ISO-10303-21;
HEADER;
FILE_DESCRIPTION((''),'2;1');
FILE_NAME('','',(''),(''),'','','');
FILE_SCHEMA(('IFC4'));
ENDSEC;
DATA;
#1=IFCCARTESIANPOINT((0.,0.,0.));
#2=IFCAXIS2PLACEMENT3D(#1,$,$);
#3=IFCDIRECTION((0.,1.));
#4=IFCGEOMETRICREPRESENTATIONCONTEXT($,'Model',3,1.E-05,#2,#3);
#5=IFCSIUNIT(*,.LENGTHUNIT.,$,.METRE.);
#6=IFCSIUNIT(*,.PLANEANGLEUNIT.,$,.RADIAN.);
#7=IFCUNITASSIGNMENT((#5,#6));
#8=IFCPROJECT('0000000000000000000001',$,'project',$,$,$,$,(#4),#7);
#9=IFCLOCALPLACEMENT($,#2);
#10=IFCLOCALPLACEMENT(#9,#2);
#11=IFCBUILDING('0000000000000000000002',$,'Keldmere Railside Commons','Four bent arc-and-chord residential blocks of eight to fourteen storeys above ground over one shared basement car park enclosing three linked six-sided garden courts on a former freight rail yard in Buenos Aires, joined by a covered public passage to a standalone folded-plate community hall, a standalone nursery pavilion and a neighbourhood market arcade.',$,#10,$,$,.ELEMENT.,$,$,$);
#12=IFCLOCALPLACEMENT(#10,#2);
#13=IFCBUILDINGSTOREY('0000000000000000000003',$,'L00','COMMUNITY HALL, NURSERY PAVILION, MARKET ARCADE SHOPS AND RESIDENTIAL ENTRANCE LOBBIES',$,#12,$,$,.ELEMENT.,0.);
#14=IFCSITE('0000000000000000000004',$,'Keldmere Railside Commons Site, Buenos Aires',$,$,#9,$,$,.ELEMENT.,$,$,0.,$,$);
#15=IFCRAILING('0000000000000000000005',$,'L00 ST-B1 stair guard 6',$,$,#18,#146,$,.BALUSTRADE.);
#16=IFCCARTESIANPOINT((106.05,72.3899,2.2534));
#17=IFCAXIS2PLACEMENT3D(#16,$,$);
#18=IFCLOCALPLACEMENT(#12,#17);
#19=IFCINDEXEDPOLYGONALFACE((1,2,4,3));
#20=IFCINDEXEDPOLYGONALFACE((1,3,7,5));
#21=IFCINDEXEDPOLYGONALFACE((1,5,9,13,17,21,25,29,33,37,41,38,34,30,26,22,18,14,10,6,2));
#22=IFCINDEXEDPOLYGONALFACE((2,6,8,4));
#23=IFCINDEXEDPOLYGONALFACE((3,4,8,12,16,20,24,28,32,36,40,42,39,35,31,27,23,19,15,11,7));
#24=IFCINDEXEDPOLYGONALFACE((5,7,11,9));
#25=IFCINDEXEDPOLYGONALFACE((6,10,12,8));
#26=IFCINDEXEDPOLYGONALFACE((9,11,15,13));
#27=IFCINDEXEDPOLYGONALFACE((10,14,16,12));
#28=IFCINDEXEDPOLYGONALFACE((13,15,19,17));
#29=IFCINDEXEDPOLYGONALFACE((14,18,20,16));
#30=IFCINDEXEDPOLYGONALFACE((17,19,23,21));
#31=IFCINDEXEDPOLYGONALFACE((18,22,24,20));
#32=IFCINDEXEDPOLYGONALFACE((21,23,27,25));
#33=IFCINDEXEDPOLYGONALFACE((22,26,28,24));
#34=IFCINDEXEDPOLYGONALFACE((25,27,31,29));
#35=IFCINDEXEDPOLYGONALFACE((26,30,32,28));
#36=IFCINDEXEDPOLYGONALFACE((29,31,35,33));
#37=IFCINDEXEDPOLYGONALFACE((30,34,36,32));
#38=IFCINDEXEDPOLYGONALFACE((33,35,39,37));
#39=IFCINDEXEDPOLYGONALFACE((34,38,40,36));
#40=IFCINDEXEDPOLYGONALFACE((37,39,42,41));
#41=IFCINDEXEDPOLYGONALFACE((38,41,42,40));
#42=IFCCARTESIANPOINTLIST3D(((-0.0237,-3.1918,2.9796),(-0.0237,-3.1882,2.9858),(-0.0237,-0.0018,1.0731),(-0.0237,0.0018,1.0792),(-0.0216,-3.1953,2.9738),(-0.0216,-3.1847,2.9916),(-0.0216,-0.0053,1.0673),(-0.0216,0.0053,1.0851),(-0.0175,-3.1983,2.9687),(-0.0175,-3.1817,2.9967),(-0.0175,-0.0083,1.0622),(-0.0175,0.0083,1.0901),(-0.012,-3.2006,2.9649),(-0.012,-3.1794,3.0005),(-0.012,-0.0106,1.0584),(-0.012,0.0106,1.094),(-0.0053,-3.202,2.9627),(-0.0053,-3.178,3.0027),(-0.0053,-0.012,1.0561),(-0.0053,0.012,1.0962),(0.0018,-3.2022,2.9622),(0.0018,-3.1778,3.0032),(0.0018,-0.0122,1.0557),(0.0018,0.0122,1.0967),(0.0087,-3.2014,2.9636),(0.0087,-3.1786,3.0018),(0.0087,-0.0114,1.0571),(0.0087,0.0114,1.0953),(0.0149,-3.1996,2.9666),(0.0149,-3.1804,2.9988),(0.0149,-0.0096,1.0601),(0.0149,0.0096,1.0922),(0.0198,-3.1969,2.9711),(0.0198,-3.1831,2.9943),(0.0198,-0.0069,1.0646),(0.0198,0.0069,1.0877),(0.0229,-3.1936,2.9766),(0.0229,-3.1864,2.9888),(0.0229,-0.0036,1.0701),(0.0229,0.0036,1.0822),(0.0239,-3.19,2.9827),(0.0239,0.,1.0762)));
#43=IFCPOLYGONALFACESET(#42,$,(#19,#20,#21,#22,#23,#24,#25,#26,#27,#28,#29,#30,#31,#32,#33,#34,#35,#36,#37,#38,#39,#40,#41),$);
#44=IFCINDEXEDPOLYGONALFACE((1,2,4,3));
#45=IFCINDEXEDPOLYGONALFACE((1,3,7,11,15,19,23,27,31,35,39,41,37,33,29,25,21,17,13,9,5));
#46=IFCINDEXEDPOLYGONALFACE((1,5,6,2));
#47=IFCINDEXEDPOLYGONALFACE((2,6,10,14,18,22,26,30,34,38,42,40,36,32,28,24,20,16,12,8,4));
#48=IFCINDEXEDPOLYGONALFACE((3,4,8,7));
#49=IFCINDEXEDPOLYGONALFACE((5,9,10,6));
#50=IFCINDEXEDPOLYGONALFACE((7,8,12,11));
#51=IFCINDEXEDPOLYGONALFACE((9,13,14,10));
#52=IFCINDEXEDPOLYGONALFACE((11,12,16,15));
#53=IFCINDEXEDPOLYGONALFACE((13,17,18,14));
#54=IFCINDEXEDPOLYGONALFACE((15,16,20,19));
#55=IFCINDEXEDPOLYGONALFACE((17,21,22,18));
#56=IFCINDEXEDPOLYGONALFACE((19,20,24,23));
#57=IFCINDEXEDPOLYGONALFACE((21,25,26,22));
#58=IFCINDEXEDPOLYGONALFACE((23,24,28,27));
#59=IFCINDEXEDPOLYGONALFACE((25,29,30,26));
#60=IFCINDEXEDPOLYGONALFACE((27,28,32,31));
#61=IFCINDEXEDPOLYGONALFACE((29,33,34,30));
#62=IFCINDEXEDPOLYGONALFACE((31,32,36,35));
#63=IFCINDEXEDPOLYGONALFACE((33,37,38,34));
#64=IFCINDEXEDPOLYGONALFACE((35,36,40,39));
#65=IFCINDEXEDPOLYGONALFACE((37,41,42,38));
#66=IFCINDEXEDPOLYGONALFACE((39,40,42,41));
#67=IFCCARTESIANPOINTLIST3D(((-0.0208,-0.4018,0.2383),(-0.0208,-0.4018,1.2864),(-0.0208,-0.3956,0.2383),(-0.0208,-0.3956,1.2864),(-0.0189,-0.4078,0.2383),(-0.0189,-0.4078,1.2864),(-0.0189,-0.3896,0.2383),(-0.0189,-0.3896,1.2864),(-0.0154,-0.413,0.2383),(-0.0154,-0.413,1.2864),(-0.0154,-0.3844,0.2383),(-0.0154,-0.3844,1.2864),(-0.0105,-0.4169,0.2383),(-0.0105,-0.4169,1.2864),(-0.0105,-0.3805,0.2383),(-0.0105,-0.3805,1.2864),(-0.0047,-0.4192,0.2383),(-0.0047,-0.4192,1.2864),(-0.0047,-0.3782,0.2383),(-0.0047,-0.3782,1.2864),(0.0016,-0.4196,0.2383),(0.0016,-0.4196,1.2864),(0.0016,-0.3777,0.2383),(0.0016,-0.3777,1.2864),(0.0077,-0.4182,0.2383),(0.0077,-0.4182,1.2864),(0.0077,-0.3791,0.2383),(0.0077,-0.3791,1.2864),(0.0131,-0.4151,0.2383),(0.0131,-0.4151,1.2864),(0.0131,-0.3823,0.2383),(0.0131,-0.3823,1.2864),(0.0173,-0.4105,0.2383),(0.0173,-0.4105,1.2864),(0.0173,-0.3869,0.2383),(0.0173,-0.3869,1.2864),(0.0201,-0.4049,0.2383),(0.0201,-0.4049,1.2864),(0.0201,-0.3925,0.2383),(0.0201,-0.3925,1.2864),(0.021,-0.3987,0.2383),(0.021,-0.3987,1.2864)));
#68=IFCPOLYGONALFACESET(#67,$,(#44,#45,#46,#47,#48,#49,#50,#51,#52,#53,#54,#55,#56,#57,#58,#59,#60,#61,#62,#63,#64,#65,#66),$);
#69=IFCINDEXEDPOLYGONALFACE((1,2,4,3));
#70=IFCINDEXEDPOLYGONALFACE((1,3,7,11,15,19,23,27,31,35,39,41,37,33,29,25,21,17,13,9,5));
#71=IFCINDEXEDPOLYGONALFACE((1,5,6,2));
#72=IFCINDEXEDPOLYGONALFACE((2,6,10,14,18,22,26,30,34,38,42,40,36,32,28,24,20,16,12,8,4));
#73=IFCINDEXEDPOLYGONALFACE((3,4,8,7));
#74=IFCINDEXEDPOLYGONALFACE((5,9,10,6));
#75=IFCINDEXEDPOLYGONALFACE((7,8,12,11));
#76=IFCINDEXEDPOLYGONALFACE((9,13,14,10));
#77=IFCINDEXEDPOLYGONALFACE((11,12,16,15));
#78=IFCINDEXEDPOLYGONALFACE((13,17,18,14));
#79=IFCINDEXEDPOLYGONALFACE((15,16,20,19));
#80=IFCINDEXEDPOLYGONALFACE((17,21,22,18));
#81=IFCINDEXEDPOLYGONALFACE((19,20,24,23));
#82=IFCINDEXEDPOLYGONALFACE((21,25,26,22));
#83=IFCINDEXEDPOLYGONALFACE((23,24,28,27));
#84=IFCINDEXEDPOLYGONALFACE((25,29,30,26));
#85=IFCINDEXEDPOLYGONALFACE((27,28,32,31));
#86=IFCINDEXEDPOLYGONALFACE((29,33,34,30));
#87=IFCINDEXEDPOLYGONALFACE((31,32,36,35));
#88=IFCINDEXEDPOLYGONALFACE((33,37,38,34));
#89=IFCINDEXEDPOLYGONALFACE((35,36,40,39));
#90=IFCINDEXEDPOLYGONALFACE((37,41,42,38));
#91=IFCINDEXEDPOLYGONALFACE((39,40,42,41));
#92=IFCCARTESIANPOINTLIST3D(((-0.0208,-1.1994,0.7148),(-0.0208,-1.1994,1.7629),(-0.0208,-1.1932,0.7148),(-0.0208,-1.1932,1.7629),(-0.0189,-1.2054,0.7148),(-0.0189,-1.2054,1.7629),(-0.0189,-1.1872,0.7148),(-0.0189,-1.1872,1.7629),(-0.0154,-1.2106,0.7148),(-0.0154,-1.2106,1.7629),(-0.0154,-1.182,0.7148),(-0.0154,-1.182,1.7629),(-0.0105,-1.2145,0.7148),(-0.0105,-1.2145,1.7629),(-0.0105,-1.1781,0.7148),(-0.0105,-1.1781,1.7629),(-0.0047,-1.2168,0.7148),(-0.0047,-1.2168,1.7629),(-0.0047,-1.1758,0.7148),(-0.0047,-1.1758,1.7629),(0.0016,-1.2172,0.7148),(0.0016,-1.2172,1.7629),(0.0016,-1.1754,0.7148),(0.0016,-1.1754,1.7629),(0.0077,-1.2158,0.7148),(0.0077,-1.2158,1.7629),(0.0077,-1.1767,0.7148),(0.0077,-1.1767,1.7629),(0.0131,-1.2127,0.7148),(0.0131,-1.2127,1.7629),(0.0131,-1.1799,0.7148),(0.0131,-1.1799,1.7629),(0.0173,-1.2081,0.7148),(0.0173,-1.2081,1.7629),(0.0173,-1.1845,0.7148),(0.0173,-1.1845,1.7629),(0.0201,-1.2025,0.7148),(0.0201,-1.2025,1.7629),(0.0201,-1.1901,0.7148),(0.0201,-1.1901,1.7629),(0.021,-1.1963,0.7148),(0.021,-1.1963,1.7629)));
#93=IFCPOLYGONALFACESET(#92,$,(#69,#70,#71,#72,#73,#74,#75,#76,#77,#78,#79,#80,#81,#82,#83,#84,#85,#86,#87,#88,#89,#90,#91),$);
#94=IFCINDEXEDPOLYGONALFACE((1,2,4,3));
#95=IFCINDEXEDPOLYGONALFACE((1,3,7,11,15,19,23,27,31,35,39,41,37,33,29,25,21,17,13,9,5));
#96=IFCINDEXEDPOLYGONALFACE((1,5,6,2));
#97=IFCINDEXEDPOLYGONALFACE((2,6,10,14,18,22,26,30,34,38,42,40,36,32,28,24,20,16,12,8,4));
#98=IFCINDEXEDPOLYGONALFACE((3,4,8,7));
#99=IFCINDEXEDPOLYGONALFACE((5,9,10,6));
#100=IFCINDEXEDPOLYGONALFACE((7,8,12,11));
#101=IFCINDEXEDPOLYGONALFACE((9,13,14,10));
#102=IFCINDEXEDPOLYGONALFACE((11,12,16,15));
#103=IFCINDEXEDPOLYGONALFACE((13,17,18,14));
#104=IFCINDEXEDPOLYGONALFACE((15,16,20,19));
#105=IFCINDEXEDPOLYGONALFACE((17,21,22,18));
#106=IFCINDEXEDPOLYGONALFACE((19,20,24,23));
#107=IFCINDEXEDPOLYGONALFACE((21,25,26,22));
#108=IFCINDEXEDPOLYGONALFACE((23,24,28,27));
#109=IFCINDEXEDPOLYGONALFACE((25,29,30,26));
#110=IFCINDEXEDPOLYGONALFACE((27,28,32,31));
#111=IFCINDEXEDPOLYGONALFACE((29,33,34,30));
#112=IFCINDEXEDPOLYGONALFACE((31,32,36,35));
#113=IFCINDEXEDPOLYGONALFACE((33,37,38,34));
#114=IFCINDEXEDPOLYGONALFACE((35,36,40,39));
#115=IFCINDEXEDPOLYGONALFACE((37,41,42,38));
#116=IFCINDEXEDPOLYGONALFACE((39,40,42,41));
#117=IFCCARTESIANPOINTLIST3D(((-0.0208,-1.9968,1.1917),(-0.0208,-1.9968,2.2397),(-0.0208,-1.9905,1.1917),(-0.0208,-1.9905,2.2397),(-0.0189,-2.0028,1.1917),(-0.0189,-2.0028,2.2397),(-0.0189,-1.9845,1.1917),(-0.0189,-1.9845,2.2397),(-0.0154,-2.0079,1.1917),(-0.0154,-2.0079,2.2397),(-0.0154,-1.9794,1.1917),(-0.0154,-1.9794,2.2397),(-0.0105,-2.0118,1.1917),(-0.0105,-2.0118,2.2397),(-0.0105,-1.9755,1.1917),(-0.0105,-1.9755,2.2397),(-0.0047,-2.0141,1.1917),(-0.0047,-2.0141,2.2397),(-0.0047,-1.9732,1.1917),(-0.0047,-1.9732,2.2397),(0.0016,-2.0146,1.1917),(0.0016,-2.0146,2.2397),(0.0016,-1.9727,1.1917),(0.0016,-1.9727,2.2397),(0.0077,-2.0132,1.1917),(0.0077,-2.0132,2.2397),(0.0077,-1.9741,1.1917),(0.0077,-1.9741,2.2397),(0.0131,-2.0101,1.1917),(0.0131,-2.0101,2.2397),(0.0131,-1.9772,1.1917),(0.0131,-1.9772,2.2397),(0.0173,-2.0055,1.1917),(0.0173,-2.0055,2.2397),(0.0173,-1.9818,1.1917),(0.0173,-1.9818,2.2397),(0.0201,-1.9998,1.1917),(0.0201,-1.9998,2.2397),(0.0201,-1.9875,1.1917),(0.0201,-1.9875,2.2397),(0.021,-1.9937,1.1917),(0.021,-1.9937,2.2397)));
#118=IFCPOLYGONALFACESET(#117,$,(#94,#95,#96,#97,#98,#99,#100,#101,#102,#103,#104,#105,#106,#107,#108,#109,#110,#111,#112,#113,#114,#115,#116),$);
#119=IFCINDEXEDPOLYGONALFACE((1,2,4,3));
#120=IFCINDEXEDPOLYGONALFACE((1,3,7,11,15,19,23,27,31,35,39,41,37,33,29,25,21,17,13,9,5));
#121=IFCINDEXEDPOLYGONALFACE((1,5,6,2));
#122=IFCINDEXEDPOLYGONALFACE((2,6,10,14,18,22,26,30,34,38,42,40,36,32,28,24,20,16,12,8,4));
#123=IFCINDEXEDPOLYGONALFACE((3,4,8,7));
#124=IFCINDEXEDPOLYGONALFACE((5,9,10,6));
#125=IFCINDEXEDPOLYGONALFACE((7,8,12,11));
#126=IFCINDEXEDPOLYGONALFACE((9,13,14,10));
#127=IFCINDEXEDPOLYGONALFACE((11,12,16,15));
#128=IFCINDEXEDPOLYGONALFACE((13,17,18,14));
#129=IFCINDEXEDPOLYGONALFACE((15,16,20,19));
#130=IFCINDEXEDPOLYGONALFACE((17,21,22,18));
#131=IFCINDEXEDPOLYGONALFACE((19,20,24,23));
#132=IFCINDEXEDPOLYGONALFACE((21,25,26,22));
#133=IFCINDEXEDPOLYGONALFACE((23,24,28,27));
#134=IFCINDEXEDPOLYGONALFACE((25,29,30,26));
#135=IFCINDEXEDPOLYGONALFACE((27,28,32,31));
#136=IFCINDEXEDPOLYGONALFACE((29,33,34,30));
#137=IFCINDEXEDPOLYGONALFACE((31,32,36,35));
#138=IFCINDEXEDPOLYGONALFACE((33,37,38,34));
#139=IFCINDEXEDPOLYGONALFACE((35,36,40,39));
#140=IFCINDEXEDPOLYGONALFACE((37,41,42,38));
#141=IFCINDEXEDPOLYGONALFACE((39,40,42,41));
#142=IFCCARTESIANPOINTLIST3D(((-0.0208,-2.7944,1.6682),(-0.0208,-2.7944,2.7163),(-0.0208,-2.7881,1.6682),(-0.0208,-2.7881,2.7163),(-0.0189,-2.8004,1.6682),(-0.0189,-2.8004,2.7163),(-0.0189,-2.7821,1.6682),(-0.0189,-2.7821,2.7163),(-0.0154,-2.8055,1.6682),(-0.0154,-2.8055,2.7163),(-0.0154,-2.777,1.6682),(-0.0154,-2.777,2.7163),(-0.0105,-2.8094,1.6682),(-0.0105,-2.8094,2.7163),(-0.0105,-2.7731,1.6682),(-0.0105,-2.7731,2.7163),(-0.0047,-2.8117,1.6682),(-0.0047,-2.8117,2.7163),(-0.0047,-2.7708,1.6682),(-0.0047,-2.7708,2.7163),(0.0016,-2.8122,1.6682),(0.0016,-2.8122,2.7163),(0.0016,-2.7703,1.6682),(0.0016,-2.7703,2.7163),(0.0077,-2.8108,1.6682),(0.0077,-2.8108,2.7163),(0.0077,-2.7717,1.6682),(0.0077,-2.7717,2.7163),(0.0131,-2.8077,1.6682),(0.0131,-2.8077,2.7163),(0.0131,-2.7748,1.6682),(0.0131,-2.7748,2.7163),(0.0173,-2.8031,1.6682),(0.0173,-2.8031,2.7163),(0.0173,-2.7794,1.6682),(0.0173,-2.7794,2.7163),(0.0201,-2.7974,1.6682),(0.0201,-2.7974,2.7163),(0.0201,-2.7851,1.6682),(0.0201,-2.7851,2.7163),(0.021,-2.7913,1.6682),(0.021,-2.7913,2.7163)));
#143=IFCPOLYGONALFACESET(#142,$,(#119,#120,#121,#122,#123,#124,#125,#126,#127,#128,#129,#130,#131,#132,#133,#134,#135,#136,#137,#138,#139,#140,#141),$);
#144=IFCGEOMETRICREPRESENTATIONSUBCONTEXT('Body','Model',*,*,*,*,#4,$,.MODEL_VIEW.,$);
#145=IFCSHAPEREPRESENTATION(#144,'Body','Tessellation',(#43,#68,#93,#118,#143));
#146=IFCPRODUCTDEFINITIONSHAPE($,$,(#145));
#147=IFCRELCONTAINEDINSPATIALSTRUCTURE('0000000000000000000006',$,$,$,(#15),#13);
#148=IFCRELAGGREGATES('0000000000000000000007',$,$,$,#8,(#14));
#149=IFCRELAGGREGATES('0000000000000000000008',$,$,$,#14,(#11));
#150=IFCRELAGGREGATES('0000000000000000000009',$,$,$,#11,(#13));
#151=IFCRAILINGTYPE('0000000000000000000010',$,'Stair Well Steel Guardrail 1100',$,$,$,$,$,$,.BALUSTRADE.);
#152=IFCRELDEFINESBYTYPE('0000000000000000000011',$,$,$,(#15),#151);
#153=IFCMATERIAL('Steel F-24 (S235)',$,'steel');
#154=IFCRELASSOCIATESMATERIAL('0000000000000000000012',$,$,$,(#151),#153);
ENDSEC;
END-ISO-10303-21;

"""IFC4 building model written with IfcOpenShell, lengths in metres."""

from ifc_helpers import new_model, si_unit, direction, frame, origin, origin_2d, place, context, subcontext, project, spatial, circle, extrude, material, type_object, element, save


model = new_model("IFC4")

# Units and contexts
model_context = context("Model", 3, precision=1e-05, world=origin(), true_north=direction((0.0, 1.0)))
body_context = subcontext(model_context, "Body", "Model", "MODEL_VIEW")
ifc_project = project(units=[si_unit("LENGTHUNIT", "METRE"), si_unit("PLANEANGLEUNIT", "RADIAN")], contexts=[model_context])

# Site, building, storey
site_placement = place(None, origin())
site = spatial("IfcSite", under=ifc_project, at=site_placement, Name="Keldmere Railside Commons Site, Buenos Aires", CompositionType="ELEMENT", RefElevation=0.0)
building_placement = place(site_placement, origin())
building = spatial("IfcBuilding", under=site, at=building_placement, Name="Keldmere Railside Commons", Description="Four bent arc-and-chord residential blocks of eight to fourteen storeys above ground over one shared basement car park enclosing three linked six-sided garden courts on a former freight rail yard in Buenos Aires, joined by a covered public passage to a standalone folded-plate community hall, a standalone nursery pavilion and a neighbourhood market arcade.", CompositionType="ELEMENT")
storey_placement = place(building_placement, origin())
storey = spatial("IfcBuildingStorey", under=building, at=storey_placement, Name="L00", Description="COMMUNITY HALL, NURSERY PAVILION, MARKET ARCADE SHOPS AND RESIDENTIAL ENTRANCE LOBBIES", CompositionType="ELEMENT", Elevation=0.0)

# Shared definitions
ifc_material_1 = material(Name="Steel F-24 (S235)", Category="steel")

# Railing
railing_type_1 = type_object("IfcRailingType", Name="Stair Well Steel Guardrail 1100", PredefinedType="BALUSTRADE", material=ifc_material_1)
railing_1_placement = place(storey_placement, frame((106.05, 72.3899, 2.2534)))
element("IfcRailing", 1, at=railing_1_placement, inside=storey, type_object=railing_type_1, Name="L00 ST-B1 stair guard 6", PredefinedType="BALUSTRADE", context=body_context, shape_type="SweptSolid", body=[
    extrude(circle(Radius=0.0239, at=origin_2d()), frame((0.0, 0.0, 1.0762), z_axis=(0.0, -0.858379, 0.513017), x_axis=(1.0, 0.0, 0.0)), (0.0, 0.0, 1.0), 3.7163),
    extrude(circle(Radius=0.021, at=origin_2d()), frame((0.0, -0.3987, 0.2383)), (0.0, 0.0, 1.0), 1.0481),
    extrude(circle(Radius=0.021, at=origin_2d()), frame((0.0, -1.1963, 0.7148)), (0.0, 0.0, 1.0), 1.0481),
    extrude(circle(Radius=0.021, at=origin_2d()), frame((0.0, -1.9937, 1.1917)), (0.0, 0.0, 1.0), 1.0481),
    extrude(circle(Radius=0.021, at=origin_2d()), frame((0.0, -2.7913, 1.6682)), (0.0, 0.0, 1.0), 1.0481),
])

save(model, "model.ifc")
